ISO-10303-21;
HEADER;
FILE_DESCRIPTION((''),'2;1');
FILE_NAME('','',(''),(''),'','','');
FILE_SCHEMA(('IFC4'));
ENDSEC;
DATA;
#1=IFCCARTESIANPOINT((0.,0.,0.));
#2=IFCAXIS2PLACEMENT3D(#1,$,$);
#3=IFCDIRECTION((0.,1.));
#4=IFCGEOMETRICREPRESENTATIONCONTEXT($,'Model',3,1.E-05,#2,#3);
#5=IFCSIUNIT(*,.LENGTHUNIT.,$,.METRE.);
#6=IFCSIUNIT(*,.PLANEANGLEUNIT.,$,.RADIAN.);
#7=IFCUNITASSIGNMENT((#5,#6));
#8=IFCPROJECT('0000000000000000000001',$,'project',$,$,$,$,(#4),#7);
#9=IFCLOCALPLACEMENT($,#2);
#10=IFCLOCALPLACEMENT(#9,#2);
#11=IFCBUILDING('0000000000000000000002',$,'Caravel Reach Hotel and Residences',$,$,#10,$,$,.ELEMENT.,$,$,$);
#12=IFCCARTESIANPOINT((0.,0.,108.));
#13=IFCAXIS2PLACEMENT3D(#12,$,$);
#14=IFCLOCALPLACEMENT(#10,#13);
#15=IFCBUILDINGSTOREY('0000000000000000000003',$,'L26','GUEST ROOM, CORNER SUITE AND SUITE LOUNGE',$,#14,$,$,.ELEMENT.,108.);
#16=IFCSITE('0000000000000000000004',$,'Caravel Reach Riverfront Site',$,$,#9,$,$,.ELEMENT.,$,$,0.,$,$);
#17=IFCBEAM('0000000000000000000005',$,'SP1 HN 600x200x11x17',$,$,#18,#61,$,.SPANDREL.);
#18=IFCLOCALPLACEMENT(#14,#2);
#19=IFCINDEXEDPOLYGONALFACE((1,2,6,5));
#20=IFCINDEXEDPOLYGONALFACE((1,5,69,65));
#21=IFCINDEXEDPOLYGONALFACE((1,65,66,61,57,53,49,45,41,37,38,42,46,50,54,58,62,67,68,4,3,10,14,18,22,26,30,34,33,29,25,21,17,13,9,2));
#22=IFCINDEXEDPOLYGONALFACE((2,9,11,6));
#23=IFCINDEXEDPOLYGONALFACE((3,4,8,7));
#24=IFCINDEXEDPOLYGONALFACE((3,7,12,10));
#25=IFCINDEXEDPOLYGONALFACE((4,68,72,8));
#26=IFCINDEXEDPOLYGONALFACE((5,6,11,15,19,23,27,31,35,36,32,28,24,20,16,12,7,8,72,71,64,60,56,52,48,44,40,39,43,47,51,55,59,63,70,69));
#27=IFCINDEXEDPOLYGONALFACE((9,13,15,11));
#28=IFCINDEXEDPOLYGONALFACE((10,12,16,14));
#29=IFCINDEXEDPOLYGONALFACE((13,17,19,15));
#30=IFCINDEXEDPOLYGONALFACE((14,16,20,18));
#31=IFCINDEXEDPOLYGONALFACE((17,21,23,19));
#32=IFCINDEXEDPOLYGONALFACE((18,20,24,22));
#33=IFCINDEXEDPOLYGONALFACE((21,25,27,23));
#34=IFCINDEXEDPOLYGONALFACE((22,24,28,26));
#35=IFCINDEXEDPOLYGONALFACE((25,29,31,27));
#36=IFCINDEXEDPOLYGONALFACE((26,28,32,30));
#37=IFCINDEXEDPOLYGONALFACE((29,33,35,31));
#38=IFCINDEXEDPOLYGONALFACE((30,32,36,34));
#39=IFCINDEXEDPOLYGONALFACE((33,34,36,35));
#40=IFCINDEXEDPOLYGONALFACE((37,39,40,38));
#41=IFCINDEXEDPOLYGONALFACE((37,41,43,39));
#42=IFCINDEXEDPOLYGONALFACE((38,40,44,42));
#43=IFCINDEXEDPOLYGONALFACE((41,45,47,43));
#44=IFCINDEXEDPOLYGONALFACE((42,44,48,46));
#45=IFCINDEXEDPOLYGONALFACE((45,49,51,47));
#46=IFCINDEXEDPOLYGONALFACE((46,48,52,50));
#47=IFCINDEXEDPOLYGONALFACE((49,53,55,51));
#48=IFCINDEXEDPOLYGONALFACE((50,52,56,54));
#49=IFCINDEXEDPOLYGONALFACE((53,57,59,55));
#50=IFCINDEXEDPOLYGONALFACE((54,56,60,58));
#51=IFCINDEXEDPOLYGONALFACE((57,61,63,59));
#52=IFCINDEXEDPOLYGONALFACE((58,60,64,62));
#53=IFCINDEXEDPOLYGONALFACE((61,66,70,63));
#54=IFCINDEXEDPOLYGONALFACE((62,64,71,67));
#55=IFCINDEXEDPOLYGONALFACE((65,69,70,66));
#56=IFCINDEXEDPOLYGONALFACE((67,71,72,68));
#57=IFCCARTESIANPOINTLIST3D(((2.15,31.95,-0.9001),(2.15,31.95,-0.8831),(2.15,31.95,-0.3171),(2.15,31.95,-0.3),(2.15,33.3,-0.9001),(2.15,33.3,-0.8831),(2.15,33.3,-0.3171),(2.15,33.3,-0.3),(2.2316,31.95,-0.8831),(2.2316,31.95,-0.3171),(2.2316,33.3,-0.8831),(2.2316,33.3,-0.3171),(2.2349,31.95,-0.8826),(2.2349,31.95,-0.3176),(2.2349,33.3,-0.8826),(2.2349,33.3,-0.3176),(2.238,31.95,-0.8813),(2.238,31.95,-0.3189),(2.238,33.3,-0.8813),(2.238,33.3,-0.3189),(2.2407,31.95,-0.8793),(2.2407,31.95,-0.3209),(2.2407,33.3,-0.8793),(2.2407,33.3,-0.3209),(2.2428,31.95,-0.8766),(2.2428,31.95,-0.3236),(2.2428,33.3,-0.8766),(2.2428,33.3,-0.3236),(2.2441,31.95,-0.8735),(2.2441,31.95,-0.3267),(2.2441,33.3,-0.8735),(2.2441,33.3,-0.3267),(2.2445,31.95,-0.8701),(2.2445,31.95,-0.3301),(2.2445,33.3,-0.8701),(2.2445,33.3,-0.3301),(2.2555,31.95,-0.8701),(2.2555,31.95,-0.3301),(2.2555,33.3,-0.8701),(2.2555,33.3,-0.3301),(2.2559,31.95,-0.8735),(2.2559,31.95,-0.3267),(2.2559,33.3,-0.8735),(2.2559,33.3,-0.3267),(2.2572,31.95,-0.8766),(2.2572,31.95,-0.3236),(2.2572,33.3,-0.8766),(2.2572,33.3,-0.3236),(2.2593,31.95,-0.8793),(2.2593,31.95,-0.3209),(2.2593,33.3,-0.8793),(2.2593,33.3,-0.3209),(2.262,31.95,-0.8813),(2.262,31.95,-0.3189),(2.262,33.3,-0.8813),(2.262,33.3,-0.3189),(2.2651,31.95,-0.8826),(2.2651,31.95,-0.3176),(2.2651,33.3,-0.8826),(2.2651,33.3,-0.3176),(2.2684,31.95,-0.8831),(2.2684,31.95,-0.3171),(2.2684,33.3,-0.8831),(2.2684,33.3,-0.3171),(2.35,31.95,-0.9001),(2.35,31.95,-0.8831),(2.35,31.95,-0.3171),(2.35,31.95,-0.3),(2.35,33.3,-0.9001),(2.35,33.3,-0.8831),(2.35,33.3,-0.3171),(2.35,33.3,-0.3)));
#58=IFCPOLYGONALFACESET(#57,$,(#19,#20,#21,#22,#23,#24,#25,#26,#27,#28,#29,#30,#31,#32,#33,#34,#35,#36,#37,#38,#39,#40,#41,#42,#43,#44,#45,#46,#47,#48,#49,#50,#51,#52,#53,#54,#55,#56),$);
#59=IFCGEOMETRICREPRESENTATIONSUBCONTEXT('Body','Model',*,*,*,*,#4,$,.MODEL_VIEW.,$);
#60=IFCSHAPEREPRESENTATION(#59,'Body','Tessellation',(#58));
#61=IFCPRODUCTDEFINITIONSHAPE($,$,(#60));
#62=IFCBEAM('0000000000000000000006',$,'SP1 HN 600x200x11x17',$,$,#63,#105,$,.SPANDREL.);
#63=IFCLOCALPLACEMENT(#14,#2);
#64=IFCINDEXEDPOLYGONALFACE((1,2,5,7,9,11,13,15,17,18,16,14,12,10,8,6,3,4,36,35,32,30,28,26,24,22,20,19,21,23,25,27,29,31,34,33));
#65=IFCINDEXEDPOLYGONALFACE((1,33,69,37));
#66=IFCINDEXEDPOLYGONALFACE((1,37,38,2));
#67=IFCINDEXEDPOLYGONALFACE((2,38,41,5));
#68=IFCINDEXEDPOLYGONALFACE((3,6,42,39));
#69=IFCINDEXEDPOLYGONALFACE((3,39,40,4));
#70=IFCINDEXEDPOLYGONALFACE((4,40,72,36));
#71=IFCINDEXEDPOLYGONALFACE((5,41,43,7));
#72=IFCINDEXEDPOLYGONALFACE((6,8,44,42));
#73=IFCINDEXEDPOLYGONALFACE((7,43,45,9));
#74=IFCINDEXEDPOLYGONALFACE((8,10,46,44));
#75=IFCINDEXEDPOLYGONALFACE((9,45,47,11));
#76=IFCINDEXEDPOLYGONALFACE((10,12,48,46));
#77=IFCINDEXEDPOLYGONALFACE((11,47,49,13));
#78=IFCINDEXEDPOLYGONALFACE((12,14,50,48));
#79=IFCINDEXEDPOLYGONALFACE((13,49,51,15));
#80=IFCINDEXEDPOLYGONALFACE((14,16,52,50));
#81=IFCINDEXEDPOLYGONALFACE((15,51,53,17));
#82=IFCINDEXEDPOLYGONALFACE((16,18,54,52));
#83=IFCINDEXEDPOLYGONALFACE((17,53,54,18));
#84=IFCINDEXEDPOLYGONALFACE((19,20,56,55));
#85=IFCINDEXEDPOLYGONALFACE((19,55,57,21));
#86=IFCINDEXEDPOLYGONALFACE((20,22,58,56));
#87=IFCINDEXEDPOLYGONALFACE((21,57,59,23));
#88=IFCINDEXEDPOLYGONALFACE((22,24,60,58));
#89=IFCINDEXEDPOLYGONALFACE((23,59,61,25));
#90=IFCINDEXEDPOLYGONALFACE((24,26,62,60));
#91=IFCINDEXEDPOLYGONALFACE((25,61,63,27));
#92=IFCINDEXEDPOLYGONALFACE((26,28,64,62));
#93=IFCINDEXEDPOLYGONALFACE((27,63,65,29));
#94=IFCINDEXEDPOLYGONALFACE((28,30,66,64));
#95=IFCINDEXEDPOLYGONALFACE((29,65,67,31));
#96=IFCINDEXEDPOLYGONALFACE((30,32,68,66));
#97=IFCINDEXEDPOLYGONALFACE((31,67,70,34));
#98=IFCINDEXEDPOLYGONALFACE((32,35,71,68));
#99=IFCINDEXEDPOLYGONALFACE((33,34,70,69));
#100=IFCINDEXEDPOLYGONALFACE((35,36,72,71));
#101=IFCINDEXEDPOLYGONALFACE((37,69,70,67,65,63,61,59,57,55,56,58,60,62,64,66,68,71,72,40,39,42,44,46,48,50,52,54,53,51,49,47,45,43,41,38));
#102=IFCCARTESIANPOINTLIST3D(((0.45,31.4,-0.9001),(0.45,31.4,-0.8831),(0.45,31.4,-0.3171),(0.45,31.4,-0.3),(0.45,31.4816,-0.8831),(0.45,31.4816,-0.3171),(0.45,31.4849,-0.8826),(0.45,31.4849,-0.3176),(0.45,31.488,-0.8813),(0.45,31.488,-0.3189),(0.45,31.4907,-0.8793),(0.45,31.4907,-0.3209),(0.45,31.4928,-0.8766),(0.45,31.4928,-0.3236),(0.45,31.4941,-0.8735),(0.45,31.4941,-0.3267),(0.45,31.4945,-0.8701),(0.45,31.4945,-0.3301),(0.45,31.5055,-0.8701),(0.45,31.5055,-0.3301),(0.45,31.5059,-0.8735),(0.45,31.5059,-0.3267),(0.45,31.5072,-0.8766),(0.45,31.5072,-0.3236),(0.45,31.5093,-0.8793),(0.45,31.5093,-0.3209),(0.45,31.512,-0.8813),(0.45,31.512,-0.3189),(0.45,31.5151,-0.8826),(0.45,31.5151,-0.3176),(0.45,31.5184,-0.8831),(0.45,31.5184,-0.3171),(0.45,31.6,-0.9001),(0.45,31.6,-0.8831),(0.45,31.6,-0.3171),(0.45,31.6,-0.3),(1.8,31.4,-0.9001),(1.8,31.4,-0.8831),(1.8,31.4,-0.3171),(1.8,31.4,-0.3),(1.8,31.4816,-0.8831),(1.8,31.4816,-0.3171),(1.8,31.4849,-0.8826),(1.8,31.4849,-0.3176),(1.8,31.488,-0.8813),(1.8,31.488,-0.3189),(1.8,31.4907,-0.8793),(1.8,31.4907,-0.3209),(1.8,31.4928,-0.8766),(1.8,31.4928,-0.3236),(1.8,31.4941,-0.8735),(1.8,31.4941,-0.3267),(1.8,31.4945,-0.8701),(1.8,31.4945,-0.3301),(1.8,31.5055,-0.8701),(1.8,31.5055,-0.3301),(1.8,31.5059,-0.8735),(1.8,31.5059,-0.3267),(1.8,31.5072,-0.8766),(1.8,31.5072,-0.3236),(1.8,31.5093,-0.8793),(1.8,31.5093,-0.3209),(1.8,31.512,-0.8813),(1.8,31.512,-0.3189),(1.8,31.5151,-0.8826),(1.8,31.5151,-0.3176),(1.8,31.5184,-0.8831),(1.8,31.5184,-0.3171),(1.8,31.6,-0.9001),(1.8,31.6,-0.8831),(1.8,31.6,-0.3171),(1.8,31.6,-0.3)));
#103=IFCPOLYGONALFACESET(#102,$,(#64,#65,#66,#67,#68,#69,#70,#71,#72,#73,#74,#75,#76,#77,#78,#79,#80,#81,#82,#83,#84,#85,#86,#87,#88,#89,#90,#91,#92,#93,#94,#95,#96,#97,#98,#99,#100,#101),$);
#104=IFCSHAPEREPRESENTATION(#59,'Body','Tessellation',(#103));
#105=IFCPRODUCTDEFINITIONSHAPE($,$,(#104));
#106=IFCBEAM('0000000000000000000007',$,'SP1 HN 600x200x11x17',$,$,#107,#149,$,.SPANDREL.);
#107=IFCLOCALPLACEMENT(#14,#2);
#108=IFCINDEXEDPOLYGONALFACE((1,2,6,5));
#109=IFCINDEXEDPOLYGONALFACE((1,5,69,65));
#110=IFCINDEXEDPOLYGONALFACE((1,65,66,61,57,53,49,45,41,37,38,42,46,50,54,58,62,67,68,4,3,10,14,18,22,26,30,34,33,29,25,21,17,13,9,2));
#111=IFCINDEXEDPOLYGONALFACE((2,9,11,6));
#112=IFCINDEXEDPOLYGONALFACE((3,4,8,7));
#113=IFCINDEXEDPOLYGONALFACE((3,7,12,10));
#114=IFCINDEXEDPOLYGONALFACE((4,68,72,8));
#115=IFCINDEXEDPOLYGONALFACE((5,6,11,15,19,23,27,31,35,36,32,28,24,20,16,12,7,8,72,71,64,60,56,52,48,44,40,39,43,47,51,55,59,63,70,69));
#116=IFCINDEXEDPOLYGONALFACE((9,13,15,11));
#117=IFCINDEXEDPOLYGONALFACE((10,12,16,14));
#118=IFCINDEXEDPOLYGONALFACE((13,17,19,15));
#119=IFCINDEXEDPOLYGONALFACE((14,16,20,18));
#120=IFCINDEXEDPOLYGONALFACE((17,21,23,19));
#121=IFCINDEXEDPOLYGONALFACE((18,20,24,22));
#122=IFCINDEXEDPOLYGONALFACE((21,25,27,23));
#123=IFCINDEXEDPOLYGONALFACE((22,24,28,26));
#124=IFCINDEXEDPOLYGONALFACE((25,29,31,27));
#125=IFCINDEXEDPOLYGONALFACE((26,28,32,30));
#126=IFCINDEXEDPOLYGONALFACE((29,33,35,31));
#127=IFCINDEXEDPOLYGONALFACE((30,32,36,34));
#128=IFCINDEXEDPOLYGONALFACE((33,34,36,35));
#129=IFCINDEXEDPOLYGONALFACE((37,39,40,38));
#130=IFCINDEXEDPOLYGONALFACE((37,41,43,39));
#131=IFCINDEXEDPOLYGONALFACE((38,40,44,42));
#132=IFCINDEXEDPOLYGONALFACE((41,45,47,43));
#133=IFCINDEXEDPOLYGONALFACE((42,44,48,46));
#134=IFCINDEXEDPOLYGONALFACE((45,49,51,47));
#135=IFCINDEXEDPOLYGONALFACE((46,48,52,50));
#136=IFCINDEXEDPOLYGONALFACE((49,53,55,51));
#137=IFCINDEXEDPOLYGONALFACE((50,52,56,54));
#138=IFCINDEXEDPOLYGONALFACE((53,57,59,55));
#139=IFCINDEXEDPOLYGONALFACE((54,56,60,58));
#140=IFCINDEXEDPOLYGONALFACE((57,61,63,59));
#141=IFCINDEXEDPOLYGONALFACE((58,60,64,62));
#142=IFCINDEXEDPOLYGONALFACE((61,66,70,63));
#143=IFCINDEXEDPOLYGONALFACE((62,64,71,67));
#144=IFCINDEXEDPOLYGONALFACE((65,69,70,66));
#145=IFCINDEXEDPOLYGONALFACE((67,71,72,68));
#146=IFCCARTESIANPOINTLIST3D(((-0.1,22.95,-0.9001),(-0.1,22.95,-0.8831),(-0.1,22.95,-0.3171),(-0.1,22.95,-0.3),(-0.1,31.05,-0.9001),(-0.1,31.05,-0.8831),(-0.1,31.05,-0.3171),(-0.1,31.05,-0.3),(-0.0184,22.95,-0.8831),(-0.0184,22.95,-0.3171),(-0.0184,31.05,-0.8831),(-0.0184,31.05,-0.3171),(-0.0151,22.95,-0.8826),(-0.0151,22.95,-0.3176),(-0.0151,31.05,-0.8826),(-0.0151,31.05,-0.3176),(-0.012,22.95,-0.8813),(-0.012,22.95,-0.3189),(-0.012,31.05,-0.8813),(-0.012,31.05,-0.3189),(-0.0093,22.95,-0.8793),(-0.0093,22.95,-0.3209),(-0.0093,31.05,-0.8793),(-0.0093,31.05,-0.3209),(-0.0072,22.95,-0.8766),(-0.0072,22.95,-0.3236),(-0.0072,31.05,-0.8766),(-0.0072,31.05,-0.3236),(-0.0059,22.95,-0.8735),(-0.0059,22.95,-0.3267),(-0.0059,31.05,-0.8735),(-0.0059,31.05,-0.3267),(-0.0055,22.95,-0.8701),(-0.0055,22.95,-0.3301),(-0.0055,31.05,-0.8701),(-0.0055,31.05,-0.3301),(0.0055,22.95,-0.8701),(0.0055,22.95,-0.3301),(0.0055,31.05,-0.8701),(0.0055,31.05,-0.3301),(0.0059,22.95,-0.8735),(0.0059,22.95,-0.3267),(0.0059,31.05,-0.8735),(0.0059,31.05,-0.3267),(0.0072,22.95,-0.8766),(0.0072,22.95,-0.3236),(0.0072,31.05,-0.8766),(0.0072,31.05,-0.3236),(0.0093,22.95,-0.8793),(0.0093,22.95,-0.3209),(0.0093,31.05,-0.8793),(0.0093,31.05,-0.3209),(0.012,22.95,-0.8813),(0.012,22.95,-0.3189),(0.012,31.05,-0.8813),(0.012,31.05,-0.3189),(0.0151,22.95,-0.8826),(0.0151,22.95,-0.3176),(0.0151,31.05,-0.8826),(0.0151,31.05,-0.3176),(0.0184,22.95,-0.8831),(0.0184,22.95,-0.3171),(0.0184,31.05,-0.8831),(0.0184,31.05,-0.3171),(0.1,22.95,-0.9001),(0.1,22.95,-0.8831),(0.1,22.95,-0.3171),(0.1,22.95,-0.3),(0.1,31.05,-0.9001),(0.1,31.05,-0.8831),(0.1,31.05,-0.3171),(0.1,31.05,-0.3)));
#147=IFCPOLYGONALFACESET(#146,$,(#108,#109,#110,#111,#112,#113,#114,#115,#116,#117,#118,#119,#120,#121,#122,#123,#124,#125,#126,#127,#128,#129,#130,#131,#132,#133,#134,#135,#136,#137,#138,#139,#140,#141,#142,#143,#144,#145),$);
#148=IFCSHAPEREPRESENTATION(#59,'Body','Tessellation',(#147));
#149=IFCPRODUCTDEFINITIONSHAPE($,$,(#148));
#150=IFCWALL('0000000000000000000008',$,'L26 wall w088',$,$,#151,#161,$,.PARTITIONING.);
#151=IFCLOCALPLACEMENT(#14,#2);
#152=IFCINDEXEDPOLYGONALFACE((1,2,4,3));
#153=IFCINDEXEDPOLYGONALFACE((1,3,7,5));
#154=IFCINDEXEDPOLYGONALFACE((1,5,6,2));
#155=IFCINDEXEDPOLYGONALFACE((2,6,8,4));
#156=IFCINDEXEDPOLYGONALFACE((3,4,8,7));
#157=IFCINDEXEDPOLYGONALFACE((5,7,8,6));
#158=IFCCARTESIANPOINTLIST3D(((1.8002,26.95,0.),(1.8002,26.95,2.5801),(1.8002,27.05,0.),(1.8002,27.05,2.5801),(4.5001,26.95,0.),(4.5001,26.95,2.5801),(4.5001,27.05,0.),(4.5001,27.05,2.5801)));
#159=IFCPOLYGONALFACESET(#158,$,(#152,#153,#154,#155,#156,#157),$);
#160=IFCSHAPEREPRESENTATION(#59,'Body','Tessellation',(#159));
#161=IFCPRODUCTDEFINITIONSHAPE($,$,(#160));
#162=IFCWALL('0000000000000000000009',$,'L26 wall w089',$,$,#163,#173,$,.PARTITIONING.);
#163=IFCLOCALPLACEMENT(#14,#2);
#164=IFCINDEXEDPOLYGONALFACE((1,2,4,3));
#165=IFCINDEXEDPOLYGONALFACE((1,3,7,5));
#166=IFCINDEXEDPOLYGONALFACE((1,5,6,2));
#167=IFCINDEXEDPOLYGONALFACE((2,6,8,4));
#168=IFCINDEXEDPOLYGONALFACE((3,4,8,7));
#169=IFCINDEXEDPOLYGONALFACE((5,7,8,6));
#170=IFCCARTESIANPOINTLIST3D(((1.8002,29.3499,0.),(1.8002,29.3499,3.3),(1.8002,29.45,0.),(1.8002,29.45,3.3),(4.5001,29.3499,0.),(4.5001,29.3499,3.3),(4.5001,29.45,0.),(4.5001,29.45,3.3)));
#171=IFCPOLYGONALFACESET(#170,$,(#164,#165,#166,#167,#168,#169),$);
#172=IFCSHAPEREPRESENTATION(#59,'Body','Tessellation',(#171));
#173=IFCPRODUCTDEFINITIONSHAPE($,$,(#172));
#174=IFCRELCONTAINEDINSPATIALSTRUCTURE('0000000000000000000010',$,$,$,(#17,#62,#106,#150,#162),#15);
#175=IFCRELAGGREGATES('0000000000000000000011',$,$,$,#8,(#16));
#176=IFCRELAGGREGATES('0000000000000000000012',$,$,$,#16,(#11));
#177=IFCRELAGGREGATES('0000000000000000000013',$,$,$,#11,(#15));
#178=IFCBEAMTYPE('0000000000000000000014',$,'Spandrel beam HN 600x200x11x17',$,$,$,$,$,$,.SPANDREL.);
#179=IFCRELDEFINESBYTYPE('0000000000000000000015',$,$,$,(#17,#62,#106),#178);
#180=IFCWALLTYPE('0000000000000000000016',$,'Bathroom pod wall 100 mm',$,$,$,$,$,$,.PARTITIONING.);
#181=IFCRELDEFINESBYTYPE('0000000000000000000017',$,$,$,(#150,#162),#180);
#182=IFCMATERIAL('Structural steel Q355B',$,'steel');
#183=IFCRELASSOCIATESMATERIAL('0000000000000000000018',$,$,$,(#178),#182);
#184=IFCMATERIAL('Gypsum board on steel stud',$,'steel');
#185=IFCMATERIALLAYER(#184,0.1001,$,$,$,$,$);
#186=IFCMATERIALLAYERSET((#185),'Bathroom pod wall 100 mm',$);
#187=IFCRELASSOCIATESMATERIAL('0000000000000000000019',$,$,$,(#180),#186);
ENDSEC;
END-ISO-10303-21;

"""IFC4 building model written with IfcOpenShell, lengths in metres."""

from ifc_helpers import new_model, si_unit, direction, frame, frame_2d, origin, origin_2d, place, context, subcontext, project, spatial, rectangle, i_section, extrude, material, layer, layer_set, material_profile, profile_set, type_object, element, save


model = new_model("IFC4")

# Units and contexts
model_context = context("Model", 3, precision=1e-05, world=origin(), true_north=direction((0.0, 1.0)))
body_context = subcontext(model_context, "Body", "Model", "MODEL_VIEW")
ifc_project = project(units=[si_unit("LENGTHUNIT", "METRE"), si_unit("PLANEANGLEUNIT", "RADIAN")], contexts=[model_context])

# Site, building, storey
site_placement = place(None, origin())
site = spatial("IfcSite", under=ifc_project, at=site_placement, Name="Caravel Reach Riverfront Site", CompositionType="ELEMENT", RefElevation=0.0)
building_placement = place(site_placement, origin())
building = spatial("IfcBuilding", under=site, at=building_placement, Name="Caravel Reach Hotel and Residences", CompositionType="ELEMENT")
storey_placement = place(building_placement, frame((0.0, 0.0, 108.0)))
storey = spatial("IfcBuildingStorey", under=building, at=storey_placement, Name="L26", Description="GUEST ROOM, CORNER SUITE AND SUITE LOUNGE", CompositionType="ELEMENT", Elevation=108.0)

# Beams
ifc_material_1 = material(Name="Structural steel Q355B", Category="steel")
ifc_material_profile_1 = material_profile(ifc_material_1, i_section(OverallWidth=0.2, OverallDepth=0.6001, WebThickness=0.011, FlangeThickness=0.0171, FilletRadius=0.0129, at=origin_2d()), Name="HN 600x200x11x17")
ifc_profile_set_1 = profile_set([ifc_material_profile_1], Name="Structural steel Q355B")
beam_type_1 = type_object("IfcBeamType", Name="Spandrel beam HN 600x200x11x17", PredefinedType="SPANDREL", material=ifc_profile_set_1)
for number, where, z_axis, x_axis, name in (
    (1, (2.25, 33.3, -0.6001), (0.0, -1.0, 0.0), (1.0, 0.0, 0.0), "SP1 HN 600x200x11x17"),
    (2, (1.8, 31.5, -0.6001), (-1.0, 0.0, 0.0), (0.0, -1.0, 0.0), "SP1 HN 600x200x11x17"),
):
    element("IfcBeam", number, at=place(storey_placement, frame(where, z_axis=z_axis, x_axis=x_axis)), inside=storey, type_object=beam_type_1, Name=name, PredefinedType="SPANDREL", context=body_context, shape_type="SweptSolid", body=[
        extrude(i_section(OverallWidth=0.2, OverallDepth=0.6001, WebThickness=0.011, FlangeThickness=0.0171, FilletRadius=0.0129, at=origin_2d()), origin(), (0.0, 0.0, 1.0), 1.3501),
    ])
beam_1_placement = place(storey_placement, frame((0.0, 31.05, -0.6001), z_axis=(0.0, -1.0, 0.0), x_axis=(1.0, 0.0, 0.0)))
element("IfcBeam", 3, at=beam_1_placement, inside=storey, type_object=beam_type_1, Name="SP1 HN 600x200x11x17", PredefinedType="SPANDREL", context=body_context, shape_type="SweptSolid", body=[
    extrude(i_section(OverallWidth=0.2, OverallDepth=0.6001, WebThickness=0.011, FlangeThickness=0.0171, FilletRadius=0.0129, at=origin_2d()), origin(), (0.0, 0.0, 1.0), 8.1001),
])

# Walls
ifc_material_2 = material(Name="Gypsum board on steel stud", Category="steel")
ifc_layer_1 = layer(ifc_material_2, 0.1001)
ifc_layer_set_1 = layer_set([ifc_layer_1], Name="Bathroom pod wall 100 mm")
wall_type_1 = type_object("IfcWallType", Name="Bathroom pod wall 100 mm", PredefinedType="PARTITIONING", material=ifc_layer_set_1)
wall_1_placement = place(storey_placement, frame((1.8, 27.0, 0.0), z_axis=(0.0, 0.0, 1.0), x_axis=(1.0, 0.0, 0.0)))
element("IfcWall", 4, at=wall_1_placement, inside=storey, type_object=wall_type_1, Name="L26 wall w088", PredefinedType="PARTITIONING", context=body_context, shape_type="SweptSolid", body=[
    extrude(rectangle(XDim=2.7, YDim=0.1001, at=frame_2d((1.3501, 0.0))), origin(), (0.0, 0.0, 1.0), 2.5801),
])
wall_2_placement = place(storey_placement, frame((1.8, 29.3999, 0.0), z_axis=(0.0, 0.0, 1.0), x_axis=(1.0, 0.0, 0.0)))
element("IfcWall", 5, at=wall_2_placement, inside=storey, type_object=wall_type_1, Name="L26 wall w089", PredefinedType="PARTITIONING", context=body_context, shape_type="SweptSolid", body=[
    extrude(rectangle(XDim=2.7, YDim=0.1001, at=frame_2d((1.3501, 0.0))), origin(), (0.0, 0.0, 1.0), 3.3),
])

save(model, "model.ifc")
